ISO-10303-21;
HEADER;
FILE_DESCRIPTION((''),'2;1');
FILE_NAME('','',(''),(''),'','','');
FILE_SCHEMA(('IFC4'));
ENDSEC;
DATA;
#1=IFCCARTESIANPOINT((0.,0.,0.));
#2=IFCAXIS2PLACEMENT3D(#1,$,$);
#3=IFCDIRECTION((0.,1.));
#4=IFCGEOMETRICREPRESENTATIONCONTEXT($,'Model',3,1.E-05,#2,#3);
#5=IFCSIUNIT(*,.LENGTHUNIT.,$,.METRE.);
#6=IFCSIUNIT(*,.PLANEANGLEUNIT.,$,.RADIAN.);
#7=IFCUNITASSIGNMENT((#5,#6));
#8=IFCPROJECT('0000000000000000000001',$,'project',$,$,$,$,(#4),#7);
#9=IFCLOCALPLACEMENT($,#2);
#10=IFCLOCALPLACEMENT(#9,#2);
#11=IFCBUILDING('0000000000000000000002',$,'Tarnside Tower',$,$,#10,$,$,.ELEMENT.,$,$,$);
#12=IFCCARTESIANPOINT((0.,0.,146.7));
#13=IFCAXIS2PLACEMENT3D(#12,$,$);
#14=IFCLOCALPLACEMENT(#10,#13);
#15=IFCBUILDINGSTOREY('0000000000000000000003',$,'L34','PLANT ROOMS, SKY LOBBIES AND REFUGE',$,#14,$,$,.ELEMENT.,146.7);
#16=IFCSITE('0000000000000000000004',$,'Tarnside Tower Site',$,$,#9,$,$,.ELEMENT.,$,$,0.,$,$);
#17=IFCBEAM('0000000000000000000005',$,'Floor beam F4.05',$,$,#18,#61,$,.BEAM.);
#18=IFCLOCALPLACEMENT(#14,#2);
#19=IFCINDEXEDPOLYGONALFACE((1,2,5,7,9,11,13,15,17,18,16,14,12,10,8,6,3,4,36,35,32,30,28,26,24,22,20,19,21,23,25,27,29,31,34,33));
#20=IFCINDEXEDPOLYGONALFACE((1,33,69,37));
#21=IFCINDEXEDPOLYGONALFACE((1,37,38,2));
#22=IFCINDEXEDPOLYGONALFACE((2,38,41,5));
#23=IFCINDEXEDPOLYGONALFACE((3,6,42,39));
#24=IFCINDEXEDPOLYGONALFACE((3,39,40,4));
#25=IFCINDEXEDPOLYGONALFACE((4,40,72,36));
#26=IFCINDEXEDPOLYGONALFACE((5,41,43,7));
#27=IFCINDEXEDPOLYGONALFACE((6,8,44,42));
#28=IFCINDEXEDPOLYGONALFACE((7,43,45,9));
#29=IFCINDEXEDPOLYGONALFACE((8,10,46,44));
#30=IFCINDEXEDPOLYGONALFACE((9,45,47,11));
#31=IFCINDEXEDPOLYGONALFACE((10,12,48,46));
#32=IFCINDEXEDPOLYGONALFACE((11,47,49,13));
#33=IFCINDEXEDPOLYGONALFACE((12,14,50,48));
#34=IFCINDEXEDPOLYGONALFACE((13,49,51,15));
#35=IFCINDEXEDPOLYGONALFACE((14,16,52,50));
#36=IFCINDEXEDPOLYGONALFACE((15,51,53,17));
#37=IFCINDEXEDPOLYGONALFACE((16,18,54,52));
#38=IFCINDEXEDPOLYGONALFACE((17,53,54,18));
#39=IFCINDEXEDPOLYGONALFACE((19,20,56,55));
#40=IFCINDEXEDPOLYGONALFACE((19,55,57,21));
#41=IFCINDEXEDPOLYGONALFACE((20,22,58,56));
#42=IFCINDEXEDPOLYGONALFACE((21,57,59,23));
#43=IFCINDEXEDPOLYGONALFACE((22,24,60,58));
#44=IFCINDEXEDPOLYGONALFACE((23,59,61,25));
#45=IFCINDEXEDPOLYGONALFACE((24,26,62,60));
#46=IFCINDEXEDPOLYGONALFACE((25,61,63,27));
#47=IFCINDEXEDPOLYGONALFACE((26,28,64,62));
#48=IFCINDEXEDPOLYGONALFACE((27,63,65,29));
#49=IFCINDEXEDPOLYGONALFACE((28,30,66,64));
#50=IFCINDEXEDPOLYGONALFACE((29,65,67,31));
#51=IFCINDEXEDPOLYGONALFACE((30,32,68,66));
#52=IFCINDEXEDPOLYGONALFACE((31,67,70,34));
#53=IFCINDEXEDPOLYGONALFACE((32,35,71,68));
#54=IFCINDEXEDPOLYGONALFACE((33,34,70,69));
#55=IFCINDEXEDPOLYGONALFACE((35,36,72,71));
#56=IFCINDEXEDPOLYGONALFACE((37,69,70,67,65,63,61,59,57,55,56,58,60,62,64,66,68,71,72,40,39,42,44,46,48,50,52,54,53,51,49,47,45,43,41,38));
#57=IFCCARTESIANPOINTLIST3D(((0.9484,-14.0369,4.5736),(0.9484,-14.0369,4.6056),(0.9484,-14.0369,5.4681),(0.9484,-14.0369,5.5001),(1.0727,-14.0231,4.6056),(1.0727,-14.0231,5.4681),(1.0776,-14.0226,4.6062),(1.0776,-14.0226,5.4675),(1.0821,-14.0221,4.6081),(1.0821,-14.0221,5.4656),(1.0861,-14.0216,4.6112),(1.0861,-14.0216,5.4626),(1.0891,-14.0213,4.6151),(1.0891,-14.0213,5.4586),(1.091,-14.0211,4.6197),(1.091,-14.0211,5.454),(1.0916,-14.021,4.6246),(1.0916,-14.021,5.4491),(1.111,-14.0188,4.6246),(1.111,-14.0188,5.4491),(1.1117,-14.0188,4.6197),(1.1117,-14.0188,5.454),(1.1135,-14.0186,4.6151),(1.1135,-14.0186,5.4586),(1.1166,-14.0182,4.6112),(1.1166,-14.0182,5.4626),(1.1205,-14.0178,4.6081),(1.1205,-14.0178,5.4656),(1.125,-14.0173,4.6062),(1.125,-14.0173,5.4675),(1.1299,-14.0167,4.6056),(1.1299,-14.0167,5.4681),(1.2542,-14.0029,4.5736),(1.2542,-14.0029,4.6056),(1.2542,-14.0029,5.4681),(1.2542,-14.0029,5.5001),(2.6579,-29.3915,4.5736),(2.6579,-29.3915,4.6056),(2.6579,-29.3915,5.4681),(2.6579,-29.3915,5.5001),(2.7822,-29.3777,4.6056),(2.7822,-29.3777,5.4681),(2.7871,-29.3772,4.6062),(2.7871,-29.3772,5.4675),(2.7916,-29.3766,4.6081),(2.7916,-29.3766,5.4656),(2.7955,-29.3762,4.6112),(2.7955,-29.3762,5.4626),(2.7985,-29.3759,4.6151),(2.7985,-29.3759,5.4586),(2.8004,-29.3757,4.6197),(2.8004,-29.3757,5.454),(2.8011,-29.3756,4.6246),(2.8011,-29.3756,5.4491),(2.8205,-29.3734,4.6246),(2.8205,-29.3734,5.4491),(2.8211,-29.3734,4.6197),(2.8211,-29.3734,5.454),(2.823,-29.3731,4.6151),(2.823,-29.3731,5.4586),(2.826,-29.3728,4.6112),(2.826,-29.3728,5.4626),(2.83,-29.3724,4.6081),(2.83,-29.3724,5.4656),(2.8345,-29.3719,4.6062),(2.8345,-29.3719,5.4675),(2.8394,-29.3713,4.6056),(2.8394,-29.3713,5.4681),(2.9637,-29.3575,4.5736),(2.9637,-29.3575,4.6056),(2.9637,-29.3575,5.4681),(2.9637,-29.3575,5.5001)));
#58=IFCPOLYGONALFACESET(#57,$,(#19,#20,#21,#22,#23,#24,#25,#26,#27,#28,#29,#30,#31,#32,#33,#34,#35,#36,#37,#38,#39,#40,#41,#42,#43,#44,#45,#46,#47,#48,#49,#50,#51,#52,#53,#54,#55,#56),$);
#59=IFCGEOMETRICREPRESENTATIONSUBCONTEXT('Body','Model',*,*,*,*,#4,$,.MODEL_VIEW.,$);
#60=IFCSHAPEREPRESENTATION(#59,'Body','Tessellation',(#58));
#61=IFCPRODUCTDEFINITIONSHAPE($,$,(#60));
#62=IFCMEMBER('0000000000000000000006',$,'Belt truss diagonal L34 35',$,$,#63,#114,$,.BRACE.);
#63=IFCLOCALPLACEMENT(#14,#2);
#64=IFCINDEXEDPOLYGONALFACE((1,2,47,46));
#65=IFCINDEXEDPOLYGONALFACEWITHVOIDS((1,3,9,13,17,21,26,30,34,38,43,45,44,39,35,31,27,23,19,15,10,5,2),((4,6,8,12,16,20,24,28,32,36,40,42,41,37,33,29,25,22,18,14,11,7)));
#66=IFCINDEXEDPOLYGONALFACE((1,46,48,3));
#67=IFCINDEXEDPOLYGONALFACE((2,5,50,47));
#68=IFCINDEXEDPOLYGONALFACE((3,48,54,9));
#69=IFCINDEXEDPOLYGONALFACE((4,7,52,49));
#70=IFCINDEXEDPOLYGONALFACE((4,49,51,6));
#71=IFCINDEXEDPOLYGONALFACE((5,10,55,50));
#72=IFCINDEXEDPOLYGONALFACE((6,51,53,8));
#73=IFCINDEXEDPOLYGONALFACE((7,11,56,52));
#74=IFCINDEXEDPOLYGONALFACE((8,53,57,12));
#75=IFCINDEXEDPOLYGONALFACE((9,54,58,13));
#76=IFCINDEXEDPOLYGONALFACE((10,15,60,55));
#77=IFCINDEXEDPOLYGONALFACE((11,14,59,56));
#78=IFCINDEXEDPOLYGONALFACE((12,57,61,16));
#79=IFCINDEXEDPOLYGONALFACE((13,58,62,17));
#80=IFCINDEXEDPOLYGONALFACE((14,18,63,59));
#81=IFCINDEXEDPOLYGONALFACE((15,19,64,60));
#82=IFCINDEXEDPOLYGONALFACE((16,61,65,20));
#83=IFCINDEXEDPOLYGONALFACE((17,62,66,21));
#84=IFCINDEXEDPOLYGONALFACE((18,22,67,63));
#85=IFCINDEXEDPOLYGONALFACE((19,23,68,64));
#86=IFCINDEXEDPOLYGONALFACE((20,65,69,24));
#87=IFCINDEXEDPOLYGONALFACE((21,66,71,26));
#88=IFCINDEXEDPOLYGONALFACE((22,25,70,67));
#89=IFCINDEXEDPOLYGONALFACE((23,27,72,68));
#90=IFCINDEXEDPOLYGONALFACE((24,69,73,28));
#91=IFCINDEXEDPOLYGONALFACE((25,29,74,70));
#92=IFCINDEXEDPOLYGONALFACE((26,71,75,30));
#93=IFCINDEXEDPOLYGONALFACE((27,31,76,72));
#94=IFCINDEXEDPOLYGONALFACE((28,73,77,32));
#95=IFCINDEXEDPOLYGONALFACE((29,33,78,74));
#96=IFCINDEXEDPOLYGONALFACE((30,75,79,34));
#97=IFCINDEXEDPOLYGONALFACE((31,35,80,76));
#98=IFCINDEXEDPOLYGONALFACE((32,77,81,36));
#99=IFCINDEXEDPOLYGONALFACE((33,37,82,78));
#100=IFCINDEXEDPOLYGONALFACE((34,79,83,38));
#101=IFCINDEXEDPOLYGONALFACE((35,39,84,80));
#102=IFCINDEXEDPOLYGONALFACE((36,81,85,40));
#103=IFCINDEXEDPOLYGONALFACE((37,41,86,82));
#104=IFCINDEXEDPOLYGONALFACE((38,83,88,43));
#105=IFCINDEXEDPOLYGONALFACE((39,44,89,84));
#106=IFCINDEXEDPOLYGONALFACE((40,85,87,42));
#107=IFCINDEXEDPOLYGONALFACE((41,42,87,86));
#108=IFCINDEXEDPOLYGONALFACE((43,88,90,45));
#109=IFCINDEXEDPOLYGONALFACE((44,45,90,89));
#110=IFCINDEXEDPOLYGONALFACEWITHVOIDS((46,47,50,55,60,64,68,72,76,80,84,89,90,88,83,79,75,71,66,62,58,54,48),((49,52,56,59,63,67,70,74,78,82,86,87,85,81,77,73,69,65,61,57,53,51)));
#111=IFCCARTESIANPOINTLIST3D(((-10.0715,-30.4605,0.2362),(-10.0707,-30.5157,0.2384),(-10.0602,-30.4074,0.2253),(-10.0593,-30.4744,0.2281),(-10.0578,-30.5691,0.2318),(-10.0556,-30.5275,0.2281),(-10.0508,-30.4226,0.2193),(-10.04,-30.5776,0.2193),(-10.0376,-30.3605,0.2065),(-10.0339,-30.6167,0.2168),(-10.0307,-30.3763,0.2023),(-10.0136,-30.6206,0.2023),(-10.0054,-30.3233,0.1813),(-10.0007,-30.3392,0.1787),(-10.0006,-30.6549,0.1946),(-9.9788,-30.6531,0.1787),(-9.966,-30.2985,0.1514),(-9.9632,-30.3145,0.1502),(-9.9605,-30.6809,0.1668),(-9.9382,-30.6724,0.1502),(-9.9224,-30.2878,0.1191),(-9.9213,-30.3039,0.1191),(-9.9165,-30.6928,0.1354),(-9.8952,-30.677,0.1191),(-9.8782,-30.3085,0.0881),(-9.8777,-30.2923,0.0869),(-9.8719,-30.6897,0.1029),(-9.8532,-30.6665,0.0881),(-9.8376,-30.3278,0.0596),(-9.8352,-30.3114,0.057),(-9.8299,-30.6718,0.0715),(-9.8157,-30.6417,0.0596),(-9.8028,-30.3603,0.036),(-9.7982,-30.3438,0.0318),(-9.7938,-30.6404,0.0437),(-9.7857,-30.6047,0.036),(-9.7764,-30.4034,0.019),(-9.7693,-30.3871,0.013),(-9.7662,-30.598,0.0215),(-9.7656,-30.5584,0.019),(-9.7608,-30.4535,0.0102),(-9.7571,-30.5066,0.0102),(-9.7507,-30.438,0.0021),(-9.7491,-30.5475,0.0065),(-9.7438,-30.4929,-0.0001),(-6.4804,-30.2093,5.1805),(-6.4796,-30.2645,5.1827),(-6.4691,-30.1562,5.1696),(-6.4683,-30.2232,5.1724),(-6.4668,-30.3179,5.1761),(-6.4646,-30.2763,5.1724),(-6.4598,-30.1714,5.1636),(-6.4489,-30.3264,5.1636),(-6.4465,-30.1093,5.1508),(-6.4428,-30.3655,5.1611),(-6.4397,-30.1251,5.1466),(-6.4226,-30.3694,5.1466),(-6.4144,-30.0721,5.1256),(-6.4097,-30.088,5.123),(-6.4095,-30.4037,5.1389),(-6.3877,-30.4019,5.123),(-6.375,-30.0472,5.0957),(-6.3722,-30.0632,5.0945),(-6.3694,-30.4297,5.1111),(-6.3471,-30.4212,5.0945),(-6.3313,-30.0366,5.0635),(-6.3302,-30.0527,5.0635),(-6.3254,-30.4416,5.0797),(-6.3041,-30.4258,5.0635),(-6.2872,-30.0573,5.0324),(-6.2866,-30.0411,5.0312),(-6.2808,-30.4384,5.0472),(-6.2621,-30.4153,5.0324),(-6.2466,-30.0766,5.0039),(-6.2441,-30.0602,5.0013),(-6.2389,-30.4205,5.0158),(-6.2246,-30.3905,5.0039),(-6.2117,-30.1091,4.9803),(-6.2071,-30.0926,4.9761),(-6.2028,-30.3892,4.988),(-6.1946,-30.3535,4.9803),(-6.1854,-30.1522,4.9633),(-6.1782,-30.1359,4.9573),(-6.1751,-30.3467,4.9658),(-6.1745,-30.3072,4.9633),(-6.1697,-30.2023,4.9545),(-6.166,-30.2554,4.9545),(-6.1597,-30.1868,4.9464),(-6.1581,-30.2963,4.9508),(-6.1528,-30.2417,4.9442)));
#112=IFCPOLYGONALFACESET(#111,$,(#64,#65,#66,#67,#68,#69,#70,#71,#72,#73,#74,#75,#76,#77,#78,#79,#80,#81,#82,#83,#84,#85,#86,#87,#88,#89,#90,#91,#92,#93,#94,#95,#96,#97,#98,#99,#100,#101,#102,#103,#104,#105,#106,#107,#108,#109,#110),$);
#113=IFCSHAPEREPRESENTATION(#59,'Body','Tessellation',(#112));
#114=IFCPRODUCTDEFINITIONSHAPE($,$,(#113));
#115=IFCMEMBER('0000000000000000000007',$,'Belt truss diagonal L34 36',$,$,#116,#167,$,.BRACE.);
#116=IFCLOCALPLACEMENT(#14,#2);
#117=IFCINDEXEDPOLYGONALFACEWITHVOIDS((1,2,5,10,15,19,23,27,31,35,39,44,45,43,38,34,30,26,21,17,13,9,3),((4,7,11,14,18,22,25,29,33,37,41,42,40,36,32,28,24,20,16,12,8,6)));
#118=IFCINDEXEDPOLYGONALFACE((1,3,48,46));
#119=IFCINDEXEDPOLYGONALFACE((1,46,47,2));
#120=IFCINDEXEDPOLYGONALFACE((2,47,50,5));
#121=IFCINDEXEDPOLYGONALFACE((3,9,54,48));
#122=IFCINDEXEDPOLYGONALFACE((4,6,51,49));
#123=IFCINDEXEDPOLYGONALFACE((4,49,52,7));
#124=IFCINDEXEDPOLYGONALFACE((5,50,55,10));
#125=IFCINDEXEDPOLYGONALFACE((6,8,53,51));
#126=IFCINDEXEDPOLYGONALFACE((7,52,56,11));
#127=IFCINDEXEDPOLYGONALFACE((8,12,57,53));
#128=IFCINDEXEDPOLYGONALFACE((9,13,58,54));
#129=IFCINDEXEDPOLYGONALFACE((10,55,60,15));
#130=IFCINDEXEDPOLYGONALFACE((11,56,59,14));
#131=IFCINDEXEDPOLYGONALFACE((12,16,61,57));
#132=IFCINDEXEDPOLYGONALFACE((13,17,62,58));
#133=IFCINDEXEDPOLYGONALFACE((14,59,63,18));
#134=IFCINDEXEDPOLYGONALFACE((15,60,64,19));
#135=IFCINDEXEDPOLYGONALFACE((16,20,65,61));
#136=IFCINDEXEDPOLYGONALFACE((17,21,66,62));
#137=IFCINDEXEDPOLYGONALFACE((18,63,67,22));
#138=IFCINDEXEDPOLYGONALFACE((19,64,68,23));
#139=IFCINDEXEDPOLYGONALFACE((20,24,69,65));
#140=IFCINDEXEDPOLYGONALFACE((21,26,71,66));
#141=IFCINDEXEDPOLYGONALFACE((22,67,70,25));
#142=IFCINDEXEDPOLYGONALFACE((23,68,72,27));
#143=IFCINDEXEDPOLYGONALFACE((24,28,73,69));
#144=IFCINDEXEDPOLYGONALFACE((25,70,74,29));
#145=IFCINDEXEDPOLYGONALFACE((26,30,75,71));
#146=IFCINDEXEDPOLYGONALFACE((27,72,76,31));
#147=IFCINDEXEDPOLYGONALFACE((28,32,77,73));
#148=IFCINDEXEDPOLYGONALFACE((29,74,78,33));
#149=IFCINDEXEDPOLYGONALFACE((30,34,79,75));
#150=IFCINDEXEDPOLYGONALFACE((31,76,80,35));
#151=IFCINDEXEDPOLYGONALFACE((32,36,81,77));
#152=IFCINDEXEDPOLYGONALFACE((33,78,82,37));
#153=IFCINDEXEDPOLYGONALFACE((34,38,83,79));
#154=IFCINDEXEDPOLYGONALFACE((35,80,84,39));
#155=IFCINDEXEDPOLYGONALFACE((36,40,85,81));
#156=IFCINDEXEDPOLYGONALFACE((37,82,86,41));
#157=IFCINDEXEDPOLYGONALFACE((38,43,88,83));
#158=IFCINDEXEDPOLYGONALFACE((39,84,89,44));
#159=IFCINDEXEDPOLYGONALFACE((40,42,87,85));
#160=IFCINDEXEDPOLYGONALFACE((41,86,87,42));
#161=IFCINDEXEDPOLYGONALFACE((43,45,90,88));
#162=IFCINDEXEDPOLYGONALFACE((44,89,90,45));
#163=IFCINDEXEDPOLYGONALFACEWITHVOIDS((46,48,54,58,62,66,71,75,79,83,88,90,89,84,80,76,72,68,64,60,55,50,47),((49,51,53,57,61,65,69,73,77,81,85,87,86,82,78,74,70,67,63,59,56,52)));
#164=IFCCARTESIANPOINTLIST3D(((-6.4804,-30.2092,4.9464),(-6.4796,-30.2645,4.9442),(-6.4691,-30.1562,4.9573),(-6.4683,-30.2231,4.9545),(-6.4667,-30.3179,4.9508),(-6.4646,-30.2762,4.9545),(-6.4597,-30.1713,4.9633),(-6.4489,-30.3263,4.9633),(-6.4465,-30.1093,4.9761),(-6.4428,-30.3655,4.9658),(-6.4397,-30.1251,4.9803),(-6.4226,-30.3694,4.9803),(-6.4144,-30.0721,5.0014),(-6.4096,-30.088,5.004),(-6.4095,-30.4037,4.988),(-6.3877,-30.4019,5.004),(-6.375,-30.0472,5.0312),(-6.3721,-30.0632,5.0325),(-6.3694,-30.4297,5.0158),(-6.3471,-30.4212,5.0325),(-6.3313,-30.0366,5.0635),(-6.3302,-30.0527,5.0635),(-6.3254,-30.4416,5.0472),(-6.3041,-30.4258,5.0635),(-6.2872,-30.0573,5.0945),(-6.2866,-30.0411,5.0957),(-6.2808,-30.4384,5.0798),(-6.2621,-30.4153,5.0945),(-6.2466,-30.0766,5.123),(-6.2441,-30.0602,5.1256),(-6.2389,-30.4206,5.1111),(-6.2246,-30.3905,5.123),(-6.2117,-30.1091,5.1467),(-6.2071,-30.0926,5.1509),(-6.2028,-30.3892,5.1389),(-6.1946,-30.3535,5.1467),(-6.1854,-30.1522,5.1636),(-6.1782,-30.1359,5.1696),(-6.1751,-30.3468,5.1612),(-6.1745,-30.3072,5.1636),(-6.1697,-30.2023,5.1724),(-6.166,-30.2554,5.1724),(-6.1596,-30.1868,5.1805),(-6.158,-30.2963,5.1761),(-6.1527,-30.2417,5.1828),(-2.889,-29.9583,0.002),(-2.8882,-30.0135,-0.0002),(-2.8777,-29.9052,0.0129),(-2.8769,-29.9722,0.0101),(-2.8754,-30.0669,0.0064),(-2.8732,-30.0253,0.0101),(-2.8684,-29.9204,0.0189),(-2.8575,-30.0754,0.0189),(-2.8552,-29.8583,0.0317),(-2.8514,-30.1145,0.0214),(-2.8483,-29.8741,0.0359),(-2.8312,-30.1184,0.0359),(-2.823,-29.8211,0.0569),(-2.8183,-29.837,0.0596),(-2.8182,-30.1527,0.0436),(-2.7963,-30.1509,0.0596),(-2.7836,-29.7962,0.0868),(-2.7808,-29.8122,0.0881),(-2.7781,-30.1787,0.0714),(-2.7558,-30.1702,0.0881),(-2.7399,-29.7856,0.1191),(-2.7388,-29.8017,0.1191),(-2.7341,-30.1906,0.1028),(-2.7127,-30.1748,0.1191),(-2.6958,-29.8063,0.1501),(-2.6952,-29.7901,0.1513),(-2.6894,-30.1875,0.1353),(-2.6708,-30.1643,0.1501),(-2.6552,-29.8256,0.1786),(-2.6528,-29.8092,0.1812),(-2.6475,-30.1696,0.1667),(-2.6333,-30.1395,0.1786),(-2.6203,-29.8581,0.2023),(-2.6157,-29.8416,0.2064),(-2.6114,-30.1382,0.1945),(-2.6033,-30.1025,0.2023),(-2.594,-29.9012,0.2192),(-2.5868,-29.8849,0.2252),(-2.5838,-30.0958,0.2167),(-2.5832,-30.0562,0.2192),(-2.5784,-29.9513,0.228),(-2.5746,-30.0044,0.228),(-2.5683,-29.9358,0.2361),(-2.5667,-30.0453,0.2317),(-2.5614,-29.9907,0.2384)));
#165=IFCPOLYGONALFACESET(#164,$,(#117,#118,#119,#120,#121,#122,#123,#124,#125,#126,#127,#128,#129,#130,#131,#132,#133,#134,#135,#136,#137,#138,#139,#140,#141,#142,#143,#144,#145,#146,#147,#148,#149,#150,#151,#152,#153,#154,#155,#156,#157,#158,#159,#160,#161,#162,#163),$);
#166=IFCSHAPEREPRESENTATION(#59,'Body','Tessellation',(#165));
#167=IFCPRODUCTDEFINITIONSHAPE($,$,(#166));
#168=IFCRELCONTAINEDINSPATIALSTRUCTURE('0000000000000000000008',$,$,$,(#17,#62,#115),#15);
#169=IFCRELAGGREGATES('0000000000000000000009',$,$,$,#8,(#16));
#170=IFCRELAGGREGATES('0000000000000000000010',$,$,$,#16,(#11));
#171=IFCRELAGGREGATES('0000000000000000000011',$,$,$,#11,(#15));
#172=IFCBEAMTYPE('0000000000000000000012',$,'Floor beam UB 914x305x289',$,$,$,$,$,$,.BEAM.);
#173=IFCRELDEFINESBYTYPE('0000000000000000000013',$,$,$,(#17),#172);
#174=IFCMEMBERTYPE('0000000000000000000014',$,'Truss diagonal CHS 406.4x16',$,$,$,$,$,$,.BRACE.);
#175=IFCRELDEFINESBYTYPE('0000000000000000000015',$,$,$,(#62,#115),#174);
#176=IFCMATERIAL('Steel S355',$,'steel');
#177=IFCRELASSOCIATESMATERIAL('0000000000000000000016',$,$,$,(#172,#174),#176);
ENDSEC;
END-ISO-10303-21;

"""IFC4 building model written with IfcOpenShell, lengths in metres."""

from ifc_helpers import new_model, si_unit, direction, frame, origin, origin_2d, place, context, subcontext, project, spatial, hollow_circle, i_section, extrude, material, material_profile, profile_set, type_object, element, save


model = new_model("IFC4")

# Units and contexts
model_context = context("Model", 3, precision=1e-05, world=origin(), true_north=direction((0.0, 1.0)))
body_context = subcontext(model_context, "Body", "Model", "MODEL_VIEW")
ifc_project = project(units=[si_unit("LENGTHUNIT", "METRE"), si_unit("PLANEANGLEUNIT", "RADIAN")], contexts=[model_context])

# Site, building, storey
site_placement = place(None, origin())
site = spatial("IfcSite", under=ifc_project, at=site_placement, Name="Tarnside Tower Site", CompositionType="ELEMENT", RefElevation=0.0)
building_placement = place(site_placement, origin())
building = spatial("IfcBuilding", under=site, at=building_placement, Name="Tarnside Tower", CompositionType="ELEMENT")
storey_placement = place(building_placement, frame((0.0, 0.0, 146.7)))
storey = spatial("IfcBuildingStorey", under=building, at=storey_placement, Name="L34", Description="PLANT ROOMS, SKY LOBBIES AND REFUGE", CompositionType="ELEMENT", Elevation=146.7)

# Beam
ifc_material_1 = material(Name="Steel S355", Category="steel")
ifc_material_profile_1 = material_profile(ifc_material_1, i_section(OverallWidth=0.3076, OverallDepth=0.9265, WebThickness=0.0195, FlangeThickness=0.032, FilletRadius=0.019, at=origin_2d()), Name="UB 914x305x289")
ifc_profile_set_1 = profile_set([ifc_material_profile_1], Name="Steel S355")
beam_type = type_object("IfcBeamType", Name="Floor beam UB 914x305x289", PredefinedType="BEAM", material=ifc_profile_set_1)
beam_1_placement = place(storey_placement, frame((2.8108, -29.3745, 5.0369), z_axis=(-0.11065, 0.993859, 0.0), x_axis=(-0.993859, -0.11065, 0.0)))
element("IfcBeam", 1, at=beam_1_placement, inside=storey, type_object=beam_type, Name="Floor beam F4.05", PredefinedType="BEAM", context=body_context, shape_type="SweptSolid", body=[
    extrude(i_section(OverallWidth=0.3076, OverallDepth=0.9265, WebThickness=0.0195, FlangeThickness=0.032, FilletRadius=0.019, at=origin_2d()), origin(), (0.0, 0.0, 1.0), 15.4495),
])

# Members
ifc_material_profile_2 = material_profile(ifc_material_1, hollow_circle(Radius=0.2031, WallThickness=0.0161, at=origin_2d()), Name="CHS 406.4x16")
ifc_profile_set_2 = profile_set([ifc_material_profile_2], Name="Steel S355")
member_type_1 = type_object("IfcMemberType", Name="Truss diagonal CHS 406.4x16", PredefinedType="BRACE", material=ifc_profile_set_2)
member_1_placement = place(storey_placement, frame((-9.9082, -30.4905, 0.1191), z_axis=(0.58716, 0.041076, 0.808428), x_axis=(-0.069787, 0.997562, 0.0)))
element("IfcMember", 2, at=member_1_placement, inside=storey, type_object=member_type_1, Name="Belt truss diagonal L34 35", PredefinedType="BRACE", context=body_context, shape_type="SweptSolid", body=[
    extrude(hollow_circle(Radius=0.2031, WallThickness=0.0161, at=origin_2d()), origin(), (0.0, 0.0, 1.0), 6.116),
])
for number, where, z_axis, x_axis, name in (
    (3, (-6.3171, -30.2393, 5.0635), (0.587187, 0.041035, -0.80841), (-0.069714, 0.997567, 0.0), "Belt truss diagonal L34 36"),
):
    element("IfcMember", number, at=place(storey_placement, frame(where, z_axis=z_axis, x_axis=x_axis)), inside=storey, type_object=member_type_1, Name=name, PredefinedType="BRACE", context=body_context, shape_type="SweptSolid", body=[
        extrude(hollow_circle(Radius=0.2031, WallThickness=0.0161, at=origin_2d()), origin(), (0.0, 0.0, 1.0), 6.1162),
    ])

save(model, "model.ifc")
